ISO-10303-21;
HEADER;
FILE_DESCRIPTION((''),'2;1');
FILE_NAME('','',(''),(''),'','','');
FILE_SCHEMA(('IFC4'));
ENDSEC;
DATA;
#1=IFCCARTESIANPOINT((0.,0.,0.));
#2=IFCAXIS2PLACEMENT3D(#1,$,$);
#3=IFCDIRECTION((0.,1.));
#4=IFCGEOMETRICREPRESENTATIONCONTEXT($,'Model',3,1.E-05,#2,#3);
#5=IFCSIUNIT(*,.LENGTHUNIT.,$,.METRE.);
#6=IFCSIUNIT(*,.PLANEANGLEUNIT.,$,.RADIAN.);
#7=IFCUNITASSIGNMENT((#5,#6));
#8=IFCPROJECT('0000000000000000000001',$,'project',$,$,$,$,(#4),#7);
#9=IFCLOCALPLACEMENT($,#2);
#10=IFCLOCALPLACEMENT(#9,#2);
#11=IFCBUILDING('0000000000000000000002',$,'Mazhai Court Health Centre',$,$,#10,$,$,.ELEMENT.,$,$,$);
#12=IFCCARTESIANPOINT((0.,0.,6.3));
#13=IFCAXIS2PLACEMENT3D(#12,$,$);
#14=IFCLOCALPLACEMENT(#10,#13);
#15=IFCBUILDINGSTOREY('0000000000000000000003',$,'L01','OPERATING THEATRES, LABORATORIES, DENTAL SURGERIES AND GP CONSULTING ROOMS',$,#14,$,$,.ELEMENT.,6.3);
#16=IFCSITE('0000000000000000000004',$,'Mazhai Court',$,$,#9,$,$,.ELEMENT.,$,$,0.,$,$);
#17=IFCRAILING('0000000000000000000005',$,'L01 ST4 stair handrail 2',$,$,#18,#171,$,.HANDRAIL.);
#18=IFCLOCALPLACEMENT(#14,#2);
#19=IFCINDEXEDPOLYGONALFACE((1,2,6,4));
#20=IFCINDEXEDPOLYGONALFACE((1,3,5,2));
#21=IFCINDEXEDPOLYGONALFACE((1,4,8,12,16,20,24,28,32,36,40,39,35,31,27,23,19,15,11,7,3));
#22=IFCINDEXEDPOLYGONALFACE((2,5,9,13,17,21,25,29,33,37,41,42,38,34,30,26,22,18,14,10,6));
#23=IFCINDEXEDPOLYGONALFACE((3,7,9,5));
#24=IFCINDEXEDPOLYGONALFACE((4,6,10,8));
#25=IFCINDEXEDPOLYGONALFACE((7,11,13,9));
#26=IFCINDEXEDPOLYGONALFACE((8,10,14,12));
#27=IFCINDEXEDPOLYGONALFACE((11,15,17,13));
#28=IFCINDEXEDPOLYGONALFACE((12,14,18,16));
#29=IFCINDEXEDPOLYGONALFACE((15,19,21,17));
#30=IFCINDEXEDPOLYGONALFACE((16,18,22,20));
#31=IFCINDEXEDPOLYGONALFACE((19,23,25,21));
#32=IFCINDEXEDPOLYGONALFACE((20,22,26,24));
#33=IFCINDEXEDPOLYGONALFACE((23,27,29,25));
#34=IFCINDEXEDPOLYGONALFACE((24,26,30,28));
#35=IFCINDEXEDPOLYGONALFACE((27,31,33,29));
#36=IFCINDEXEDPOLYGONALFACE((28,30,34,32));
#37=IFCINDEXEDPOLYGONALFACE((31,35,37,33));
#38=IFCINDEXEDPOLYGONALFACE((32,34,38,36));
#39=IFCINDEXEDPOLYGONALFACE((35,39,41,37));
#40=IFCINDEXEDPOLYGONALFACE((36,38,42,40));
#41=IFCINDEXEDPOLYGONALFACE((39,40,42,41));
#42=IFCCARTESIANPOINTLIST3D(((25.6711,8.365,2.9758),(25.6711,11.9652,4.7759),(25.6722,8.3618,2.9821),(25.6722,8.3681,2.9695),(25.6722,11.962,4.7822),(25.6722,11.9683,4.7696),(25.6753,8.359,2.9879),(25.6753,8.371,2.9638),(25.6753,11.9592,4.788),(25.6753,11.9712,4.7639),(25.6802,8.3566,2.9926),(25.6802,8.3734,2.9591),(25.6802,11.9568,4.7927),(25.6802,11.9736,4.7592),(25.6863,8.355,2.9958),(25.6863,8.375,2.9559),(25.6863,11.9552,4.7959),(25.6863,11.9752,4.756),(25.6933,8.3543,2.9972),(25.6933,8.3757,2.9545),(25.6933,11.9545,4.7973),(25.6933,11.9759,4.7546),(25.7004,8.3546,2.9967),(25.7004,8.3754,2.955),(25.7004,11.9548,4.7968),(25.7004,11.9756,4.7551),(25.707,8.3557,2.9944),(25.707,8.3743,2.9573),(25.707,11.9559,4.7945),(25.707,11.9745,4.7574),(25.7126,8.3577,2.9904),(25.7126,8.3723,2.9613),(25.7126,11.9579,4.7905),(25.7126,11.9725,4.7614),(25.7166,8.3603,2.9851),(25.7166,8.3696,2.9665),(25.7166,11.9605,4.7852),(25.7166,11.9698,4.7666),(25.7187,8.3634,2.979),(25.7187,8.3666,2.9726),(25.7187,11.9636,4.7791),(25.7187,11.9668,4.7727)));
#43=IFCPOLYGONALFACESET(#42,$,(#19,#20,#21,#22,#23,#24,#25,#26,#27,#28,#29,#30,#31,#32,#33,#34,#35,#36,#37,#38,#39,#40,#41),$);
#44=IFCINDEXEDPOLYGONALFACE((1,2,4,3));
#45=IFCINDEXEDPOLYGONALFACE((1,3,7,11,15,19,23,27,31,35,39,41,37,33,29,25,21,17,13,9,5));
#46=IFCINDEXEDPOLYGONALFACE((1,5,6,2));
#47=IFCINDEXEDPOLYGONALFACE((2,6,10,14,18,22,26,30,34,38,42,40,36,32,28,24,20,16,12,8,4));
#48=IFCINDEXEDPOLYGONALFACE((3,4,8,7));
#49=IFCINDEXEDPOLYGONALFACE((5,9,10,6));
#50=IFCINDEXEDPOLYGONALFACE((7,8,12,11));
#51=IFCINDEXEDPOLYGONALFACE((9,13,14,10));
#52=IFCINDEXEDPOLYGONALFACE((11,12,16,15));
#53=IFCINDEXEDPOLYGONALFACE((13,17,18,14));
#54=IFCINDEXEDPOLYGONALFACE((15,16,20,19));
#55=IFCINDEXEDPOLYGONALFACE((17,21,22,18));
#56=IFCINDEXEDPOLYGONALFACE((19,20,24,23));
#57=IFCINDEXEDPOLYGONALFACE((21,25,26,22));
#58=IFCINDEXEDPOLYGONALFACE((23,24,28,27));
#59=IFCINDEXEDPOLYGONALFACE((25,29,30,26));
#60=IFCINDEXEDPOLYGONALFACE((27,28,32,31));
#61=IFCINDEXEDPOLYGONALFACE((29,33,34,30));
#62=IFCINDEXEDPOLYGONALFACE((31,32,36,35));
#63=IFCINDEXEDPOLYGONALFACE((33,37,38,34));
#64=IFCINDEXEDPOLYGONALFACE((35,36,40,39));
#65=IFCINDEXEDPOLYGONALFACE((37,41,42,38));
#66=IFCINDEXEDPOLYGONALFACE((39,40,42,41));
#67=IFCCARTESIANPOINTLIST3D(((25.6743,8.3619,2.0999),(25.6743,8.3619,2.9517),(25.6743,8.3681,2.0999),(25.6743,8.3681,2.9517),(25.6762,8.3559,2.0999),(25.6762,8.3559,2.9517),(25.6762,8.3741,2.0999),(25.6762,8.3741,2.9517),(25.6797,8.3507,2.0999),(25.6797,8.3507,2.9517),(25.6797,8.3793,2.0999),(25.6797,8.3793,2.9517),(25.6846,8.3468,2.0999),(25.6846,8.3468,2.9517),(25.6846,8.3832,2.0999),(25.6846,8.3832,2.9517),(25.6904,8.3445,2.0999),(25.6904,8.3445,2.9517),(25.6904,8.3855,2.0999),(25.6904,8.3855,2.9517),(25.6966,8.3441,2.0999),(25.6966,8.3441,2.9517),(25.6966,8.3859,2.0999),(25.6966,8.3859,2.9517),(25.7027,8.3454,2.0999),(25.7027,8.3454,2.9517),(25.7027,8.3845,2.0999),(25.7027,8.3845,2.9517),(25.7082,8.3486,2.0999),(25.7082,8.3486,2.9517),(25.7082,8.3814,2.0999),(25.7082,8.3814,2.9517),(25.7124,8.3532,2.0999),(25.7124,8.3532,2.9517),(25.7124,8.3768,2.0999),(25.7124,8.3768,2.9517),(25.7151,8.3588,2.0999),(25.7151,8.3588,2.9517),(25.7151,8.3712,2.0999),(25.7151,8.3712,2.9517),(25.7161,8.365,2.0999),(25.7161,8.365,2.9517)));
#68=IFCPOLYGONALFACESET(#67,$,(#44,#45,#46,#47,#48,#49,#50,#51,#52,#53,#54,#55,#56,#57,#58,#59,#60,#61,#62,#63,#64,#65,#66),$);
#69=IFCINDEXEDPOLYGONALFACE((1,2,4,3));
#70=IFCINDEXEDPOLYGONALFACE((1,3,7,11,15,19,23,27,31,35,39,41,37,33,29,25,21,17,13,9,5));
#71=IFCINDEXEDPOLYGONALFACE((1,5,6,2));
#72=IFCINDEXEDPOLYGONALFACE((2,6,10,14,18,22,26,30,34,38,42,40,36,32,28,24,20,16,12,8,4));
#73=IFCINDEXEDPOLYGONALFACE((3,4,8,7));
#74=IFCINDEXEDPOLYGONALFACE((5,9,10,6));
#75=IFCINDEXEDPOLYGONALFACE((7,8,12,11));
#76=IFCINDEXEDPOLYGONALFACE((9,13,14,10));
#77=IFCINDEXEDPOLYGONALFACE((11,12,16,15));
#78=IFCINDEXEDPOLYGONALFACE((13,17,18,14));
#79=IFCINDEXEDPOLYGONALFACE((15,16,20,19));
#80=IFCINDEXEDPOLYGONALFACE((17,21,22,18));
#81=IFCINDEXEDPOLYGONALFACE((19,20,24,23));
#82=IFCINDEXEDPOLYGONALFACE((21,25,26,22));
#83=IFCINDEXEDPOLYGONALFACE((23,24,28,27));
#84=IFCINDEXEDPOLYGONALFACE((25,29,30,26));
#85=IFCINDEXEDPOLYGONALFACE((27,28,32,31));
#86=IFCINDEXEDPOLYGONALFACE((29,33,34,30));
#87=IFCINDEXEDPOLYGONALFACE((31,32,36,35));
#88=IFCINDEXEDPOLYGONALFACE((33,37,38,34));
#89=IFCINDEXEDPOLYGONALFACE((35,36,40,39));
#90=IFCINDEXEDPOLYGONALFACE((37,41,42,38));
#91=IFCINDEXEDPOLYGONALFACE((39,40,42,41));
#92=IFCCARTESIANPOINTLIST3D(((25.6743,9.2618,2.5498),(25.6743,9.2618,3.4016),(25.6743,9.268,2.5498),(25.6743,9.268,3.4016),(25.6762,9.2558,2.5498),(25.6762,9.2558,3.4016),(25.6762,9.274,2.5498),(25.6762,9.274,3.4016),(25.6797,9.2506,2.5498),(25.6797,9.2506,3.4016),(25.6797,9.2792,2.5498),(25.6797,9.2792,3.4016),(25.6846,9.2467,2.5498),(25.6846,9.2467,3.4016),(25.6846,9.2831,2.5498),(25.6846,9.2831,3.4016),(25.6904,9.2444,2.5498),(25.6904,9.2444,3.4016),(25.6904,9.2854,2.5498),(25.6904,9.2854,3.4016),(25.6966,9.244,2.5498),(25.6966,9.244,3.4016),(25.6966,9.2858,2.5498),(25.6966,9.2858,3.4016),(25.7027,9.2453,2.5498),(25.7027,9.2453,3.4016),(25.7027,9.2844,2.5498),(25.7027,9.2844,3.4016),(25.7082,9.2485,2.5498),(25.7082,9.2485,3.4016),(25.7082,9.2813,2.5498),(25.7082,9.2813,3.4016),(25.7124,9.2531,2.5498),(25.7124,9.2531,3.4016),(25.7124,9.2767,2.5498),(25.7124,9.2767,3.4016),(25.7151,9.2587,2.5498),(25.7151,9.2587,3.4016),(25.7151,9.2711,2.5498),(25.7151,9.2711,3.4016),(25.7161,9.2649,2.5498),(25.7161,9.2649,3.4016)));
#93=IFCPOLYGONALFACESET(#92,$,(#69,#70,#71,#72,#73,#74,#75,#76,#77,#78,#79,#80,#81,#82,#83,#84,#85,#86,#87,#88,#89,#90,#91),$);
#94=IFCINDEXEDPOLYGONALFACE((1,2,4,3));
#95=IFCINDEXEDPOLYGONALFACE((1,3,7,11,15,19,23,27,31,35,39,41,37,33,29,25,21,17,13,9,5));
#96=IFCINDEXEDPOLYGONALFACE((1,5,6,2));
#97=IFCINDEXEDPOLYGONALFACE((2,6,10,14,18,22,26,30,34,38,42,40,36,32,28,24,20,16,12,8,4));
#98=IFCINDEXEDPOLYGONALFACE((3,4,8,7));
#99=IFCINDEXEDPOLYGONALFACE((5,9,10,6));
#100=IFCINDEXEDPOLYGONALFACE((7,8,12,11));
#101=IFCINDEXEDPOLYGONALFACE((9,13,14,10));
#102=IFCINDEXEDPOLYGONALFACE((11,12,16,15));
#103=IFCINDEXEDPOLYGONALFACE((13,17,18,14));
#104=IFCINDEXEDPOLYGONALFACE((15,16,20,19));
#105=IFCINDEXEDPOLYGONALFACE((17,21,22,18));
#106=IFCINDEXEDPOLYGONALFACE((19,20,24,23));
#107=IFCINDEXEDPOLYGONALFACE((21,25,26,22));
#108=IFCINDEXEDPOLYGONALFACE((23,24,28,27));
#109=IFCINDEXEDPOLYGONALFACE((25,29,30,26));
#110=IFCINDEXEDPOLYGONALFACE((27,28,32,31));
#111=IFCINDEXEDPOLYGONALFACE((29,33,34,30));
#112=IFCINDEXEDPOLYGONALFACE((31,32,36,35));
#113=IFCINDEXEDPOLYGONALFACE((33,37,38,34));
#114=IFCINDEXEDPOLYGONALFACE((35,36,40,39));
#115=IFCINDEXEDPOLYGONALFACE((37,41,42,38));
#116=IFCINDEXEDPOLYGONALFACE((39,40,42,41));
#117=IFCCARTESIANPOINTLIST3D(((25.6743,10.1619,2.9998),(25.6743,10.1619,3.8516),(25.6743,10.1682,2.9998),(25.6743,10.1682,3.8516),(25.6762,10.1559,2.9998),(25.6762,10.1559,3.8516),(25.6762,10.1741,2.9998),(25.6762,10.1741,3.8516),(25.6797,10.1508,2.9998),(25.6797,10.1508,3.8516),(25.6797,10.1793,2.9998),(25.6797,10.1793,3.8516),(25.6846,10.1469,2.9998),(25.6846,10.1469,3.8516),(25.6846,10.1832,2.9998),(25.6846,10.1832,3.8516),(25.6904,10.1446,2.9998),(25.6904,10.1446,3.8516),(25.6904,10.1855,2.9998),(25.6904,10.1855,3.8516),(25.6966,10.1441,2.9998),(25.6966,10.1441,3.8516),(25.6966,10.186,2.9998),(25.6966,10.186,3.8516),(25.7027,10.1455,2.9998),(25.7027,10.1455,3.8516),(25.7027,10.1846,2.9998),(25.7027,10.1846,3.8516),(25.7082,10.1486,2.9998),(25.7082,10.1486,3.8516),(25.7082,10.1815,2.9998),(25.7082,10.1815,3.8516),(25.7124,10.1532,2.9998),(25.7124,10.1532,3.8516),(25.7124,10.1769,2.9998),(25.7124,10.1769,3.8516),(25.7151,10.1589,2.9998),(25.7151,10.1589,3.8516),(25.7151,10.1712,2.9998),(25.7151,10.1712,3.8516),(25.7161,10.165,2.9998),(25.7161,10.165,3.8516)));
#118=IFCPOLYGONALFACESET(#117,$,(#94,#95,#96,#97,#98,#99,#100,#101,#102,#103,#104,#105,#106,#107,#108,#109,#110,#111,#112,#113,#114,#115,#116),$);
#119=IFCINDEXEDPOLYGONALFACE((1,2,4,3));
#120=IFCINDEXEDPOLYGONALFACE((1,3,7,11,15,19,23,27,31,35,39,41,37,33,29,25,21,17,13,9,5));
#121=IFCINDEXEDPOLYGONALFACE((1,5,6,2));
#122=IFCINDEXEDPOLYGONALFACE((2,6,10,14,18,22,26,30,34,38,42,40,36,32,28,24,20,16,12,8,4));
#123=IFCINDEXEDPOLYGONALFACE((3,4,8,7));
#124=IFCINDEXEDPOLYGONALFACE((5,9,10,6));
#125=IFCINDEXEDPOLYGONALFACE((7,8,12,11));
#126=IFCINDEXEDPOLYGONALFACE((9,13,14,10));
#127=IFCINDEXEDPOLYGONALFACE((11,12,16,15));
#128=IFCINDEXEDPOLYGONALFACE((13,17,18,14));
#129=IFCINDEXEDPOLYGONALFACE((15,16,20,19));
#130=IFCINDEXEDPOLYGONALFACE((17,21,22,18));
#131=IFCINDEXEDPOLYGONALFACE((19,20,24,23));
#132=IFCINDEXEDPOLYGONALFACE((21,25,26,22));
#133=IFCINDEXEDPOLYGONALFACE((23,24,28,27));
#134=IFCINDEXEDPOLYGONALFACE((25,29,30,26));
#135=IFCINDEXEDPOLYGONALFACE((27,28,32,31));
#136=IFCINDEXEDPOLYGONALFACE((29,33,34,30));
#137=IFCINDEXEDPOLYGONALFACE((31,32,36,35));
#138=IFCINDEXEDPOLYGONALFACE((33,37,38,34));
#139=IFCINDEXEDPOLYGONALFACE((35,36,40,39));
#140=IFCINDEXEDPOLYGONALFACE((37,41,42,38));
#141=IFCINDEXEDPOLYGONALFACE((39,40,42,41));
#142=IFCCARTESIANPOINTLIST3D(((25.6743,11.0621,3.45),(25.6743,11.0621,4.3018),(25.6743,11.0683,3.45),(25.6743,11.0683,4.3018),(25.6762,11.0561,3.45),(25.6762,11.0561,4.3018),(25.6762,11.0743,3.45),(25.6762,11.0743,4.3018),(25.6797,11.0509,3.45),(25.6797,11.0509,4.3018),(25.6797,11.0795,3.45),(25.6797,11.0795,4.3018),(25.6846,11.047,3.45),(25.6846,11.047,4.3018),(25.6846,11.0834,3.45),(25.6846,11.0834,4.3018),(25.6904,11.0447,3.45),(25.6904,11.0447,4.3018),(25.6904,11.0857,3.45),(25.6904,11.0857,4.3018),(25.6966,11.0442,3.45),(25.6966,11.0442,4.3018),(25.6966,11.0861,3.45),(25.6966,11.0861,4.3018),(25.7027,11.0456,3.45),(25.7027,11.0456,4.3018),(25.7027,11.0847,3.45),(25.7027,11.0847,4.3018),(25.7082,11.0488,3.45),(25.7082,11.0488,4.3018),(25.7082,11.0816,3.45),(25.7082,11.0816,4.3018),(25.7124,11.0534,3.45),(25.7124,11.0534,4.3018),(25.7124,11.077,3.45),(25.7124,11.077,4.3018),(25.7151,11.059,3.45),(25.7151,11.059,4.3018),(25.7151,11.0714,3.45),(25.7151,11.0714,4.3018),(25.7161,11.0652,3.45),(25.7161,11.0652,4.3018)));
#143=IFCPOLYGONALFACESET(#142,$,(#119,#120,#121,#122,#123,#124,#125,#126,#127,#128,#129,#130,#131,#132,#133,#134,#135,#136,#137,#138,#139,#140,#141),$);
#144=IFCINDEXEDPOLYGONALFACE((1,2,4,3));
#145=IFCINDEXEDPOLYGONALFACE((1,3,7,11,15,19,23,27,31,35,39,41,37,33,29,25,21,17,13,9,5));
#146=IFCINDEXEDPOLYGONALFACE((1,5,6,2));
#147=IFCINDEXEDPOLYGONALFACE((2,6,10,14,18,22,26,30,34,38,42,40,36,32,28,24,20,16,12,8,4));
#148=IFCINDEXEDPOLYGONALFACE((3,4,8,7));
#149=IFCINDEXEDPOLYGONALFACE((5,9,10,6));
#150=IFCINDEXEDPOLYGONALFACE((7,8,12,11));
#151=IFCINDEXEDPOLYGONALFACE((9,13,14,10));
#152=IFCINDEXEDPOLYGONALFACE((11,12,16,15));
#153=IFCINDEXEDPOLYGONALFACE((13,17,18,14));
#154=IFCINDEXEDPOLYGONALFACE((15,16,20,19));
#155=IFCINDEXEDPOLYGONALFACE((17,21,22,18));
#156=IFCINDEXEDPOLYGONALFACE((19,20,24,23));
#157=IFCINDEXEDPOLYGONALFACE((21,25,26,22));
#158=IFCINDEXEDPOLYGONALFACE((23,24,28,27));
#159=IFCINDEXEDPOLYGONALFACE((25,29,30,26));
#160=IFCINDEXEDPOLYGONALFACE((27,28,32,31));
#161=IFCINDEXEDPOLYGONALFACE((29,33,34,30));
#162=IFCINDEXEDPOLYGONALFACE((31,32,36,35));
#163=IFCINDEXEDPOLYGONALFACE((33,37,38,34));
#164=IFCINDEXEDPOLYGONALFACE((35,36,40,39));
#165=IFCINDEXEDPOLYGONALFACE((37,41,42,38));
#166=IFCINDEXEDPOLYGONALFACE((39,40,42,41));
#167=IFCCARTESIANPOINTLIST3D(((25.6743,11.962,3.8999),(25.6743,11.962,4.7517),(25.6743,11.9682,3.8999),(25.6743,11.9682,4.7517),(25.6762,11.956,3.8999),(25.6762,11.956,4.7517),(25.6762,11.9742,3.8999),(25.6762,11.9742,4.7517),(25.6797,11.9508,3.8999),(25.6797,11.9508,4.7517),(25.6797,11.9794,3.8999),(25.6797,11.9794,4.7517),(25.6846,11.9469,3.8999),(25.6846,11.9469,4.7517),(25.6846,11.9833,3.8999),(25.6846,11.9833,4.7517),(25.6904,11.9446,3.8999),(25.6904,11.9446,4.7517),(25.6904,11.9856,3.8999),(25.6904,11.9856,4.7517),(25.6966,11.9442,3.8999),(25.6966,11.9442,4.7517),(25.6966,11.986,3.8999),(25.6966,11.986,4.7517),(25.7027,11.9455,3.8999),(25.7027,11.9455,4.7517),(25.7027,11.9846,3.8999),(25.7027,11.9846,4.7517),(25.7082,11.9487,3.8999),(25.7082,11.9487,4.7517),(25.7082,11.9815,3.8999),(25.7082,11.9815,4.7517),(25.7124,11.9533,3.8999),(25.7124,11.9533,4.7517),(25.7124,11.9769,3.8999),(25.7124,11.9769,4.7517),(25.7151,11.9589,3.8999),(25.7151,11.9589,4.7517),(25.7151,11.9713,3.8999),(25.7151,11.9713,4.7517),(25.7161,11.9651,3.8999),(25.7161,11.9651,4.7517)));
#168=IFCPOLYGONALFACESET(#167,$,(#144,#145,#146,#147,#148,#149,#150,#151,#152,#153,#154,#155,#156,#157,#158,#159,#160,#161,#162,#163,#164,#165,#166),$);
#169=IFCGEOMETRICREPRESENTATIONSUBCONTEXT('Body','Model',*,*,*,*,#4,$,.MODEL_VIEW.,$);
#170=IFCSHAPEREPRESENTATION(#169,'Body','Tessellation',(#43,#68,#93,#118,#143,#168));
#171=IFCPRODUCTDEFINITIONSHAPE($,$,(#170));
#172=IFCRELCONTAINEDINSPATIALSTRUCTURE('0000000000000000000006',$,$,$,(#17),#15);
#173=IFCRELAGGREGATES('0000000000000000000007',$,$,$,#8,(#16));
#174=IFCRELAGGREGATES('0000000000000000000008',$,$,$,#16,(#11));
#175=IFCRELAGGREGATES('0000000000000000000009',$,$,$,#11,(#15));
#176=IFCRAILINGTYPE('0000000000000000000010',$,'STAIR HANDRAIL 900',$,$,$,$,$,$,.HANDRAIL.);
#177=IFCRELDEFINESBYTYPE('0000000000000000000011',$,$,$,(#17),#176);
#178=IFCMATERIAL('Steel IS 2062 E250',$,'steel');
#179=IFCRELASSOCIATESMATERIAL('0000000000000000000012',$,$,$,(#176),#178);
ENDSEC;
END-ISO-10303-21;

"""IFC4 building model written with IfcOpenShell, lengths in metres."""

from ifc_helpers import new_model, si_unit, direction, frame, origin, origin_2d, place, context, subcontext, project, spatial, circle, extrude, material, type_object, element, save


model = new_model("IFC4")

# Units and contexts
model_context = context("Model", 3, precision=1e-05, world=origin(), true_north=direction((0.0, 1.0)))
body_context = subcontext(model_context, "Body", "Model", "MODEL_VIEW")
ifc_project = project(units=[si_unit("LENGTHUNIT", "METRE"), si_unit("PLANEANGLEUNIT", "RADIAN")], contexts=[model_context])

# Site, building, storey
site_placement = place(None, origin())
site = spatial("IfcSite", under=ifc_project, at=site_placement, Name="Mazhai Court", CompositionType="ELEMENT", RefElevation=0.0)
building_placement = place(site_placement, origin())
building = spatial("IfcBuilding", under=site, at=building_placement, Name="Mazhai Court Health Centre", CompositionType="ELEMENT")
storey_placement = place(building_placement, frame((0.0, 0.0, 6.3)))
storey = spatial("IfcBuildingStorey", under=building, at=storey_placement, Name="L01", Description="OPERATING THEATRES, LABORATORIES, DENTAL SURGERIES AND GP CONSULTING ROOMS", CompositionType="ELEMENT", Elevation=6.3)

# Railing
ifc_material_1 = material(Name="Steel IS 2062 E250", Category="steel")
railing_type = type_object("IfcRailingType", Name="STAIR HANDRAIL 900", PredefinedType="HANDRAIL", material=ifc_material_1)
railing_placement = place(storey_placement, frame((25.6951, 8.365, 2.0999)))
element("IfcRailing", 1, at=railing_placement, inside=storey, type_object=railing_type, Name="L01 ST4 stair handrail 2", PredefinedType="HANDRAIL", context=body_context, shape_type="SweptSolid", body=[
    extrude(circle(Radius=0.0239, at=origin_2d()), frame((0.0, 0.0, 0.876), z_axis=(0.0, 0.894427, 0.447214), x_axis=(-1.0, 0.0, 0.0)), (0.0, 0.0, 1.0), 4.0251),
    extrude(circle(Radius=0.021, at=origin_2d()), origin(), (0.0, 0.0, 1.0), 0.8518),
    extrude(circle(Radius=0.021, at=origin_2d()), frame((0.0, 0.8999, 0.45)), (0.0, 0.0, 1.0), 0.8518),
    extrude(circle(Radius=0.021, at=origin_2d()), frame((0.0, 1.8, 0.8999)), (0.0, 0.0, 1.0), 0.8518),
    extrude(circle(Radius=0.021, at=origin_2d()), frame((0.0, 2.7002, 1.3501)), (0.0, 0.0, 1.0), 0.8518),
    extrude(circle(Radius=0.021, at=origin_2d()), frame((0.0, 3.6001, 1.8)), (0.0, 0.0, 1.0), 0.8518),
])

save(model, "model.ifc")
